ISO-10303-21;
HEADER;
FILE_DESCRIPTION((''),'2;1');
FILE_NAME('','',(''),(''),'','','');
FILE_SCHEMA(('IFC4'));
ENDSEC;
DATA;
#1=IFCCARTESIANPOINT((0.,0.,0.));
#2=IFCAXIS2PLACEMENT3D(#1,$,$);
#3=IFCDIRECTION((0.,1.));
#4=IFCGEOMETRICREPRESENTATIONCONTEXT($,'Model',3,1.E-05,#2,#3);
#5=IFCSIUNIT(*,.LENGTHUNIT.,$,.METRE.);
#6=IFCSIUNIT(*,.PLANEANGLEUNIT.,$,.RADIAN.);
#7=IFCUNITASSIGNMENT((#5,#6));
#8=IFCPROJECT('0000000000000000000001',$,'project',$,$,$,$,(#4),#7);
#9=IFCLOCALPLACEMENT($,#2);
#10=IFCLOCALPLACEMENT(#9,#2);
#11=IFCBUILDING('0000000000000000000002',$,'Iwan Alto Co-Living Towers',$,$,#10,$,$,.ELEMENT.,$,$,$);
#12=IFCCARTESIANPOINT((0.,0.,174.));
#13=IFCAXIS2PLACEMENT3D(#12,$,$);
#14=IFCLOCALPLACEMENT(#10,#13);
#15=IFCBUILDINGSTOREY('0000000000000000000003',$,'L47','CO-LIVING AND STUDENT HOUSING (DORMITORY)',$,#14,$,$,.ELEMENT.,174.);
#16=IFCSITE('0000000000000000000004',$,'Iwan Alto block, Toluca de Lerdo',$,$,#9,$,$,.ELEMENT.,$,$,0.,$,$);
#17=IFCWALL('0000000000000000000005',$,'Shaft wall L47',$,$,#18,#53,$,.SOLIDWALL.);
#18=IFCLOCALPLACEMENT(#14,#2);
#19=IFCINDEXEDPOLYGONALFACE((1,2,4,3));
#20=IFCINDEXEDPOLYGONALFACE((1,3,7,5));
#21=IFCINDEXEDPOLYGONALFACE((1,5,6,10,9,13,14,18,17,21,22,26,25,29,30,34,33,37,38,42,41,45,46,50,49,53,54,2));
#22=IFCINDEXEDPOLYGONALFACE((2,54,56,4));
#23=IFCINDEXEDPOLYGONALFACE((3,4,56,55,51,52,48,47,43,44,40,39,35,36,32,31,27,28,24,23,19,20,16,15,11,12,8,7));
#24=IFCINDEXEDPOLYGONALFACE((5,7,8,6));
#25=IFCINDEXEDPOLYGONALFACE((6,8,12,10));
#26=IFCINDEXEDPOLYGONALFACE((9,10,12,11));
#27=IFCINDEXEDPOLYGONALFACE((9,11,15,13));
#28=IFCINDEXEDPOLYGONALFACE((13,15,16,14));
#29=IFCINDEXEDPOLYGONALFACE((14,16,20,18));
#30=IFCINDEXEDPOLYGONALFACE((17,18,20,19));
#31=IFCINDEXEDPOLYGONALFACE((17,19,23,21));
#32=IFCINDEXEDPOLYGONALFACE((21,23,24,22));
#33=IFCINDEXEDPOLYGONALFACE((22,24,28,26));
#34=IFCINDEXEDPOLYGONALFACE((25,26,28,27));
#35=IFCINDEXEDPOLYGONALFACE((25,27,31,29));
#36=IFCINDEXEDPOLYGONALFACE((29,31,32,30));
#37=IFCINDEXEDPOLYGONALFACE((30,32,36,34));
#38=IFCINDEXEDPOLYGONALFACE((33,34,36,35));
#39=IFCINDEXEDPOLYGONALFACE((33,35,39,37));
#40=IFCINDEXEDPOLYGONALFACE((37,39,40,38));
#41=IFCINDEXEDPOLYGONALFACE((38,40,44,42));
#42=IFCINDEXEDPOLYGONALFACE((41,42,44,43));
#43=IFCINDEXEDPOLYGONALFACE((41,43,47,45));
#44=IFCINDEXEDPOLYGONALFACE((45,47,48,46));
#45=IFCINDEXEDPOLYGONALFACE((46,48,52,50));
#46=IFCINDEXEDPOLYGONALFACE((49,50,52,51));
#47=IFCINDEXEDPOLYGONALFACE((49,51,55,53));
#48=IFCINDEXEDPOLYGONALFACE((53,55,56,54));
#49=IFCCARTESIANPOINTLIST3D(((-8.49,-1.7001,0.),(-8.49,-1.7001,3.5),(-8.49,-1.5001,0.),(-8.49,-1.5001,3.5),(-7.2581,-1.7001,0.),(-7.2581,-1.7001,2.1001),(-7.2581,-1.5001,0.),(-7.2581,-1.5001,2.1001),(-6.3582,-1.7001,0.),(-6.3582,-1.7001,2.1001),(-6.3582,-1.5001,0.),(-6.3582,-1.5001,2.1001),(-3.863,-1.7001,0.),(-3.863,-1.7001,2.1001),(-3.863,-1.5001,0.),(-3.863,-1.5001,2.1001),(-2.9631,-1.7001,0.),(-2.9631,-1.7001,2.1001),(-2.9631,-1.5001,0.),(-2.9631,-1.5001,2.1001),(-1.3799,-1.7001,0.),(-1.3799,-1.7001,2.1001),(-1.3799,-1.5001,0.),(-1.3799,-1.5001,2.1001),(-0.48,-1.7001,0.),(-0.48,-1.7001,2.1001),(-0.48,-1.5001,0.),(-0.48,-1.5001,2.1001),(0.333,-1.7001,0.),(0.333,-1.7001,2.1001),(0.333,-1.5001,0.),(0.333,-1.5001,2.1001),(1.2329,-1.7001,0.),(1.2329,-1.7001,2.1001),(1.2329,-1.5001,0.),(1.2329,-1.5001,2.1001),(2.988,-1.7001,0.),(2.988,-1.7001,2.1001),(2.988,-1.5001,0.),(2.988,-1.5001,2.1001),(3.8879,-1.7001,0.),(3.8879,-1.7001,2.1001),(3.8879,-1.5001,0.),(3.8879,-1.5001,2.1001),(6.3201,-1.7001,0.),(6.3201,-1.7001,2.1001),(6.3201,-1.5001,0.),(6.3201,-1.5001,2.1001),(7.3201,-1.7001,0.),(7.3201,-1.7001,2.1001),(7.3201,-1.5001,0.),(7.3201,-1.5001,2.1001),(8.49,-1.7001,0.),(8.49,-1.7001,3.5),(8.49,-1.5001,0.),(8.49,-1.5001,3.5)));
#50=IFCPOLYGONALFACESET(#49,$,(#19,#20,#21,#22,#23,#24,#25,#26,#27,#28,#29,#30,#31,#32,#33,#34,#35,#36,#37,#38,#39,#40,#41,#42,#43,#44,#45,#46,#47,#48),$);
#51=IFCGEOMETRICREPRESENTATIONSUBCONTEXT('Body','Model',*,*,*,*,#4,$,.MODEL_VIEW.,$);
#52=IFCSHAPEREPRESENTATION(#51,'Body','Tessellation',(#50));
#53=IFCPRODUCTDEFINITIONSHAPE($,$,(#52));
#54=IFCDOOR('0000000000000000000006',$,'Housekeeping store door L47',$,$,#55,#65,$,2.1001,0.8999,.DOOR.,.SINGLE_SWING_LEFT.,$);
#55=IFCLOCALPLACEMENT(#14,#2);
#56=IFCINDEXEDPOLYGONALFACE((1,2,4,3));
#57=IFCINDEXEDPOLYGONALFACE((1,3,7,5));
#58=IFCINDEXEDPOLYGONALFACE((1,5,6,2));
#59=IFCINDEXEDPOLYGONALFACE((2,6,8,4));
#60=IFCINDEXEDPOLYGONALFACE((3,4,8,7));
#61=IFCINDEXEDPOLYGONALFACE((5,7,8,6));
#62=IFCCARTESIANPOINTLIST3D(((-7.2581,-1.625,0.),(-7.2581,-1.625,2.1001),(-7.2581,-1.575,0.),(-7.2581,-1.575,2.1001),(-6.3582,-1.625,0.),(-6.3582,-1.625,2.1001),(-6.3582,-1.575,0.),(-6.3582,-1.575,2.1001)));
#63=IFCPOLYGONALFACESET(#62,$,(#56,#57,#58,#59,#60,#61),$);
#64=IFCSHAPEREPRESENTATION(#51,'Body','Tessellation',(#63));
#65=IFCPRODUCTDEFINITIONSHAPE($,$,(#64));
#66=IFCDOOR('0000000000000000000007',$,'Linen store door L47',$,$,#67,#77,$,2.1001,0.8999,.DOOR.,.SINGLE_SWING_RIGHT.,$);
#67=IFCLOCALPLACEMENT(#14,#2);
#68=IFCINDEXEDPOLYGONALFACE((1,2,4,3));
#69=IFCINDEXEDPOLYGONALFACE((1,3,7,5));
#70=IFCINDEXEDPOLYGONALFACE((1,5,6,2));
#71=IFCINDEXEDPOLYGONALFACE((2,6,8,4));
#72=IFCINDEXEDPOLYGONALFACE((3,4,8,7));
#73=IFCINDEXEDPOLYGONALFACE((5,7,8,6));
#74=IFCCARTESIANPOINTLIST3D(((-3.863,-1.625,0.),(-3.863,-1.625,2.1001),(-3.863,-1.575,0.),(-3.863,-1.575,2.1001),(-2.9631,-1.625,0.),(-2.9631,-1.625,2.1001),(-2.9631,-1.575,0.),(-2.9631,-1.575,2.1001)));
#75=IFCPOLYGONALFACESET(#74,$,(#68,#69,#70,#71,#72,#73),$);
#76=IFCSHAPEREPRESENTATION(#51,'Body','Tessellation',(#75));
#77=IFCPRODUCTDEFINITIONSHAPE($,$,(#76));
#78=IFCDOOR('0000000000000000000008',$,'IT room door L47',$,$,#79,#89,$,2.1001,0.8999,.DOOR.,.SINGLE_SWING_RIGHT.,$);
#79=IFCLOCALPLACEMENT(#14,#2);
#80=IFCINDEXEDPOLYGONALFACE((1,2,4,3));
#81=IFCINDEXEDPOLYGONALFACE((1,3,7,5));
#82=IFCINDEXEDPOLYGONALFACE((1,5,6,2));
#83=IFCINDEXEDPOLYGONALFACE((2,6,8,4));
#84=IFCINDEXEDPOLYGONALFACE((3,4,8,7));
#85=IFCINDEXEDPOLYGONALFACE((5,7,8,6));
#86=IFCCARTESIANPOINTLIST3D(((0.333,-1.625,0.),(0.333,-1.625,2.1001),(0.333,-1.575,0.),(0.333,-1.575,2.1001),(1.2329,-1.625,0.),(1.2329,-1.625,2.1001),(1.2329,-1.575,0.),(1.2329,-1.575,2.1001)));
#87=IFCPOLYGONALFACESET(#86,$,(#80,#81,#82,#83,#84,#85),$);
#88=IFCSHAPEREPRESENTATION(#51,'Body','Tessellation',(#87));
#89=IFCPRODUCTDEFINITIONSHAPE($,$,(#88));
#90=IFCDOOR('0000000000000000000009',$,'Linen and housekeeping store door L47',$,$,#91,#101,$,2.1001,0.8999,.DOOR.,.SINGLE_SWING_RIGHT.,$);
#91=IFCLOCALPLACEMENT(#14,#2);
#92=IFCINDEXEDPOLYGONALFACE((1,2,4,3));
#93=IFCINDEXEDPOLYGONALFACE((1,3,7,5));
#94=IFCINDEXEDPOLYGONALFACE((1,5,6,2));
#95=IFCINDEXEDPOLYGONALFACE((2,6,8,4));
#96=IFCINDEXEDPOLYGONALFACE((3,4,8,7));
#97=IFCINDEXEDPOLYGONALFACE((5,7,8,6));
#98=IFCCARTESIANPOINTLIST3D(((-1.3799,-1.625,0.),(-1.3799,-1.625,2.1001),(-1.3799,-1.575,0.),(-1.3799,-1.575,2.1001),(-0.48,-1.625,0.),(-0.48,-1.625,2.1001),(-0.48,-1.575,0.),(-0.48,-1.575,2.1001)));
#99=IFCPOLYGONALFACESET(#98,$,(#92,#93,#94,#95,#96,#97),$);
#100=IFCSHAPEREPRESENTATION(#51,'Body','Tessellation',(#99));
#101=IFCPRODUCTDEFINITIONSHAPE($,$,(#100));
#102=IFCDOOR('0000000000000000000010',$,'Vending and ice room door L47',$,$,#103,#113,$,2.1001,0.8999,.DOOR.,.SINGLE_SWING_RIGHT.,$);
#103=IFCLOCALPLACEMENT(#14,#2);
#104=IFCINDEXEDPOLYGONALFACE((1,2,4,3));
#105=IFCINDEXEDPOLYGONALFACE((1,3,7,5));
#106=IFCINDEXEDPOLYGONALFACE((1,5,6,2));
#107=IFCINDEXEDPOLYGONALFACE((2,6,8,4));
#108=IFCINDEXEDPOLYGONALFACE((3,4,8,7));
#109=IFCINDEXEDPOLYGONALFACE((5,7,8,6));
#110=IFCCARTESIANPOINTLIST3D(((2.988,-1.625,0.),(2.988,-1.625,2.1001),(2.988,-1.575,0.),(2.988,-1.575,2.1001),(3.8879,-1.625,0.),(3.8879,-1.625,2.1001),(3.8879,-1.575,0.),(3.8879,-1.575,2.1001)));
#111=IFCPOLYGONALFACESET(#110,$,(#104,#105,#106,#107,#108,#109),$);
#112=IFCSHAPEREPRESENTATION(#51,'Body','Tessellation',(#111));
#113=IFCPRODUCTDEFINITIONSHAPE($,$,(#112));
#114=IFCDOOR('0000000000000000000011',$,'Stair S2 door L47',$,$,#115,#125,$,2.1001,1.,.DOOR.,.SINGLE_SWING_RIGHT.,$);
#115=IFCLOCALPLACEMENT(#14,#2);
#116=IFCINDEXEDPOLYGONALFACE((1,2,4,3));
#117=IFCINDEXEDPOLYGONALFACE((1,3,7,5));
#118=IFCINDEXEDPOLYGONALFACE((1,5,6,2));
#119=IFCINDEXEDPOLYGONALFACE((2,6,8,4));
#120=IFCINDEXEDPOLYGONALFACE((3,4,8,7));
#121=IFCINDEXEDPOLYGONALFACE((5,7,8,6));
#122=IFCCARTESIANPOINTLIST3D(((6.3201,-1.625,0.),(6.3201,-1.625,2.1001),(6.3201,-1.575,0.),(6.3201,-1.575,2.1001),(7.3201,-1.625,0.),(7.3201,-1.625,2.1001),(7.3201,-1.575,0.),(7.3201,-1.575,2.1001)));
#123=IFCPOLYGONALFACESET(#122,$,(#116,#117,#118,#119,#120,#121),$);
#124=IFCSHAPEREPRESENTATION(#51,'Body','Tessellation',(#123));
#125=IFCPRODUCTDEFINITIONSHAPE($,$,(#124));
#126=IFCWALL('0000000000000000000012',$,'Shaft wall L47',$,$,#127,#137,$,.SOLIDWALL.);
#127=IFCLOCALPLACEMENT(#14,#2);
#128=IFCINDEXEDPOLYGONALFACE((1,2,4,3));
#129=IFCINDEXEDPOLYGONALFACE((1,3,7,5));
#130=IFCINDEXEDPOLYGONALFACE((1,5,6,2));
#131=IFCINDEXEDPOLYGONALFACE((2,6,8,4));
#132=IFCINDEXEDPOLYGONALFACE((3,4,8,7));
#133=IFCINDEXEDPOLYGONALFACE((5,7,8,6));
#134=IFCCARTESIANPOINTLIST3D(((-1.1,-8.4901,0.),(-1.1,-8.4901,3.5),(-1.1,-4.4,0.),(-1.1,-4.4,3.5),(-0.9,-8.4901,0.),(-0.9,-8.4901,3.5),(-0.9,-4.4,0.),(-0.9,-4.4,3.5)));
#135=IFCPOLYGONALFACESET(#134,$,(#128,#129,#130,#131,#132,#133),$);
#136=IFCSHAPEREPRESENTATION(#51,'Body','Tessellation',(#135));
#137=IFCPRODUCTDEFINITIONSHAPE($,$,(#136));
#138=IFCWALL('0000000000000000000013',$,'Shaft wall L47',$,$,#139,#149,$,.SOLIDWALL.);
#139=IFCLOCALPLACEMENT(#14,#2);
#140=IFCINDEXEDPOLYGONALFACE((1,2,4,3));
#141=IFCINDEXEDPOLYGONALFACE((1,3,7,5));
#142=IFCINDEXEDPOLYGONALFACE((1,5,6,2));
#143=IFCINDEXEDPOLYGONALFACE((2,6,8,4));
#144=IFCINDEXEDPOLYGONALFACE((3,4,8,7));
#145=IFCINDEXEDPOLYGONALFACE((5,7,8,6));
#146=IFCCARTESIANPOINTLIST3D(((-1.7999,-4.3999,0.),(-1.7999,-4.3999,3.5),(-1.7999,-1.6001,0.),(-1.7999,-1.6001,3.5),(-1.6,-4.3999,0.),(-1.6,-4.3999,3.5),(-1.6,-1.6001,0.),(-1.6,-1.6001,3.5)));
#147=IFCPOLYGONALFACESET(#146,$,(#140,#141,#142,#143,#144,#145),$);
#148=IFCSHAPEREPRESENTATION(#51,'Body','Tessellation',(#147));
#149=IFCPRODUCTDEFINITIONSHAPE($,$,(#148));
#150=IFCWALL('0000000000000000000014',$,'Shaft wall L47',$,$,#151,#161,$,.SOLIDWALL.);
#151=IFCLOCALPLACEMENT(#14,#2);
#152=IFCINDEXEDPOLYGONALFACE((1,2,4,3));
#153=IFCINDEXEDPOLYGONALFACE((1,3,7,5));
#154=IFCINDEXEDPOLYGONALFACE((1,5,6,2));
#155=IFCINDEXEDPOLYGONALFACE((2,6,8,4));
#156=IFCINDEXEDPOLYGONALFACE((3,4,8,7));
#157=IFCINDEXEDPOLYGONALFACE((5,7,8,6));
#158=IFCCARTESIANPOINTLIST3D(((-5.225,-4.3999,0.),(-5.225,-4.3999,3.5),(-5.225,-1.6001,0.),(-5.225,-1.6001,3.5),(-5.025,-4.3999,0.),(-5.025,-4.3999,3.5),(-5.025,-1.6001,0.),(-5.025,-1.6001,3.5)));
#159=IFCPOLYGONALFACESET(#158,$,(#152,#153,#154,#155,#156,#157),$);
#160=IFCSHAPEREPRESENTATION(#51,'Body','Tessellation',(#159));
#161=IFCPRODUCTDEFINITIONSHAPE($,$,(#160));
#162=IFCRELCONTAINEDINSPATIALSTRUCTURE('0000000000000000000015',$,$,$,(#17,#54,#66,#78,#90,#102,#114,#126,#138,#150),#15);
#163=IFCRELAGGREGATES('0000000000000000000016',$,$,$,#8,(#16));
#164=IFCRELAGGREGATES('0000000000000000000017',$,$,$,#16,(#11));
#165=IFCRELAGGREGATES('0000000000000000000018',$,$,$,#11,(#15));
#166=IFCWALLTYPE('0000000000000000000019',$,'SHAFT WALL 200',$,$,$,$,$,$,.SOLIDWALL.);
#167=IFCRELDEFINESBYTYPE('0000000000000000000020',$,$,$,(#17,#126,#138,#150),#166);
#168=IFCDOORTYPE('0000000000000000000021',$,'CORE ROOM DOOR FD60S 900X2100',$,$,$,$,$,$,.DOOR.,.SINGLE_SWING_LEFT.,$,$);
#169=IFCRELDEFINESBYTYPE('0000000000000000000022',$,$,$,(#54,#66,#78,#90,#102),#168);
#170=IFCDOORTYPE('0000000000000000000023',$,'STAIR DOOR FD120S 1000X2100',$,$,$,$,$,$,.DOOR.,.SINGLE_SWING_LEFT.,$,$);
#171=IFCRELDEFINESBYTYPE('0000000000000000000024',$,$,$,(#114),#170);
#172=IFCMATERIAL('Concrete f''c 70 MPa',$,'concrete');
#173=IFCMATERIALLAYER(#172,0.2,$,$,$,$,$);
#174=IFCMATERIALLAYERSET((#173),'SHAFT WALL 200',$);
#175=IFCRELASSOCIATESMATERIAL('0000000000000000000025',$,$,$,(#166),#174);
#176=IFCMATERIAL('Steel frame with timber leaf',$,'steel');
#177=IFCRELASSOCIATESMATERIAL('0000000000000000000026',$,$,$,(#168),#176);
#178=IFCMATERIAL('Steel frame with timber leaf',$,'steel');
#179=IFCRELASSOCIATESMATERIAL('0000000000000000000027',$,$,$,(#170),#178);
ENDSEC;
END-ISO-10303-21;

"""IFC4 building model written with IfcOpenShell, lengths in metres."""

from ifc_helpers import new_model, si_unit, direction, frame, frame_2d, origin, place, context, subcontext, project, spatial, rectangle, extrude, material, layer, layer_set, type_object, element, fill, save


model = new_model("IFC4")

# Units and contexts
model_context = context("Model", 3, precision=1e-05, world=origin(), true_north=direction((0.0, 1.0)))
body_context = subcontext(model_context, "Body", "Model", "MODEL_VIEW")
ifc_project = project(units=[si_unit("LENGTHUNIT", "METRE"), si_unit("PLANEANGLEUNIT", "RADIAN")], contexts=[model_context])

# Site, building, storey
site_placement = place(None, origin())
site = spatial("IfcSite", under=ifc_project, at=site_placement, Name="Iwan Alto block, Toluca de Lerdo", CompositionType="ELEMENT", RefElevation=0.0)
building_placement = place(site_placement, origin())
building = spatial("IfcBuilding", under=site, at=building_placement, Name="Iwan Alto Co-Living Towers", CompositionType="ELEMENT")
storey_placement = place(building_placement, frame((0.0, 0.0, 174.0)))
storey = spatial("IfcBuildingStorey", under=building, at=storey_placement, Name="L47", Description="CO-LIVING AND STUDENT HOUSING (DORMITORY)", CompositionType="ELEMENT", Elevation=174.0)

# Shared definitions
ifc_material_1 = material(Name="Concrete f'c 70 MPa", Category="concrete")
ifc_layer_1 = layer(ifc_material_1, 0.2)
ifc_layer_set_1 = layer_set([ifc_layer_1], Name="SHAFT WALL 200")
wall_type_1 = type_object("IfcWallType", Name="SHAFT WALL 200", PredefinedType="SOLIDWALL", material=ifc_layer_set_1)

# Wall, openings, doors
wall_1_placement = place(storey_placement, frame((-8.49, -1.6001, 0.0), z_axis=(0.0, 0.0, 1.0), x_axis=(1.0, 0.0, 0.0)))
wall_1 = element("IfcWall", 1, at=wall_1_placement, inside=storey, type_object=wall_type_1, Name="Shaft wall L47", PredefinedType="SOLIDWALL", context=body_context, shape_type="SweptSolid", body=[
    extrude(rectangle(XDim=16.98, YDim=0.2, at=frame_2d((8.49, 0.0))), origin(), (0.0, 0.0, 1.0), 3.5),
])
opening_1_placement = place(wall_1_placement, frame((14.8101, 0.0, 0.0)))
opening_1 = element("IfcOpeningElement", 2, at=opening_1_placement, cuts=wall_1, PredefinedType="OPENING", context=body_context, shape_type="SweptSolid", body=[
    extrude(rectangle(XDim=1.0, YDim=2.1001, at=frame_2d((0.5, 1.05))), frame((0.0, 0.1099, 0.0), z_axis=(0.0, -1.0, 0.0), x_axis=(1.0, 0.0, 0.0)), (0.0, 0.0, 1.0), 0.22),
])
opening_2_placement = place(wall_1_placement, frame((1.2319, 0.0, 0.0)))
opening_2 = element("IfcOpeningElement", 3, at=opening_2_placement, cuts=wall_1, PredefinedType="OPENING", context=body_context, shape_type="SweptSolid", body=[
    extrude(rectangle(XDim=0.8999, YDim=2.1001, at=frame_2d((0.45, 1.05))), frame((0.0, 0.1099, 0.0), z_axis=(0.0, -1.0, 0.0), x_axis=(1.0, 0.0, 0.0)), (0.0, 0.0, 1.0), 0.22),
])
opening_3_placement = place(wall_1_placement, frame((4.627, 0.0, 0.0)))
opening_3 = element("IfcOpeningElement", 4, at=opening_3_placement, cuts=wall_1, PredefinedType="OPENING", context=body_context, shape_type="SweptSolid", body=[
    extrude(rectangle(XDim=0.8999, YDim=2.1001, at=frame_2d((0.45, 1.05))), frame((0.0, 0.1099, 0.0), z_axis=(0.0, -1.0, 0.0), x_axis=(1.0, 0.0, 0.0)), (0.0, 0.0, 1.0), 0.22),
])
opening_4_placement = place(wall_1_placement, frame((8.823, 0.0, 0.0)))
opening_4 = element("IfcOpeningElement", 5, at=opening_4_placement, cuts=wall_1, PredefinedType="OPENING", context=body_context, shape_type="SweptSolid", body=[
    extrude(rectangle(XDim=0.8999, YDim=2.1001, at=frame_2d((0.45, 1.05))), frame((0.0, 0.1099, 0.0), z_axis=(0.0, -1.0, 0.0), x_axis=(1.0, 0.0, 0.0)), (0.0, 0.0, 1.0), 0.22),
])
opening_5_placement = place(wall_1_placement, frame((7.1101, 0.0, 0.0)))
opening_5 = element("IfcOpeningElement", 6, at=opening_5_placement, cuts=wall_1, PredefinedType="OPENING", context=body_context, shape_type="SweptSolid", body=[
    extrude(rectangle(XDim=0.8999, YDim=2.1001, at=frame_2d((0.45, 1.05))), frame((0.0, 0.1099, 0.0), z_axis=(0.0, -1.0, 0.0), x_axis=(1.0, 0.0, 0.0)), (0.0, 0.0, 1.0), 0.22),
])
opening_6_placement = place(wall_1_placement, frame((11.478, 0.0, 0.0)))
opening_6 = element("IfcOpeningElement", 7, at=opening_6_placement, cuts=wall_1, PredefinedType="OPENING", context=body_context, shape_type="SweptSolid", body=[
    extrude(rectangle(XDim=0.8999, YDim=2.1001, at=frame_2d((0.45, 1.05))), frame((0.0, 0.1099, 0.0), z_axis=(0.0, -1.0, 0.0), x_axis=(1.0, 0.0, 0.0)), (0.0, 0.0, 1.0), 0.22),
])
ifc_material_2 = material(Name="Steel frame with timber leaf", Category="steel")
door_type_1 = type_object("IfcDoorType", Name="CORE ROOM DOOR FD60S 900X2100", OperationType="SINGLE_SWING_LEFT", PredefinedType="DOOR", material=ifc_material_2)
door_1_placement = place(opening_2_placement, frame((0.8999, 0.0, 0.0), z_axis=(0.0, 0.0, 1.0), x_axis=(-1.0, 0.0, 0.0)))
door_1 = element("IfcDoor", 8, at=door_1_placement, inside=storey, type_object=door_type_1, Name="Housekeeping store door L47", OperationType="SINGLE_SWING_LEFT", OverallHeight=2.1001, OverallWidth=0.8999, PredefinedType="DOOR", context=body_context, shape_type="SweptSolid", body=[
    extrude(rectangle(XDim=0.8999, YDim=2.1001, at=frame_2d((0.45, 1.05))), frame((0.0, 0.0249, 0.0), z_axis=(0.0, -1.0, 0.0), x_axis=(1.0, 0.0, 0.0)), (0.0, 0.0, 1.0), 0.05),
])
fill(opening_2, door_1)
door_2_placement = place(opening_3_placement, frame((0.8999, 0.0, 0.0), z_axis=(0.0, 0.0, 1.0), x_axis=(-1.0, 0.0, 0.0)))
door_2 = element("IfcDoor", 9, at=door_2_placement, inside=storey, type_object=door_type_1, Name="Linen store door L47", OperationType="SINGLE_SWING_RIGHT", OverallHeight=2.1001, OverallWidth=0.8999, PredefinedType="DOOR", context=body_context, shape_type="SweptSolid", body=[
    extrude(rectangle(XDim=0.8999, YDim=2.1001, at=frame_2d((0.45, 1.05))), frame((0.0, 0.0249, 0.0), z_axis=(0.0, -1.0, 0.0), x_axis=(1.0, 0.0, 0.0)), (0.0, 0.0, 1.0), 0.05),
])
fill(opening_3, door_2)
door_3_placement = place(opening_4_placement, frame((0.8999, 0.0, 0.0), z_axis=(0.0, 0.0, 1.0), x_axis=(-1.0, 0.0, 0.0)))
door_3 = element("IfcDoor", 10, at=door_3_placement, inside=storey, type_object=door_type_1, Name="IT room door L47", OperationType="SINGLE_SWING_RIGHT", OverallHeight=2.1001, OverallWidth=0.8999, PredefinedType="DOOR", context=body_context, shape_type="SweptSolid", body=[
    extrude(rectangle(XDim=0.8999, YDim=2.1001, at=frame_2d((0.45, 1.05))), frame((0.0, 0.0249, 0.0), z_axis=(0.0, -1.0, 0.0), x_axis=(1.0, 0.0, 0.0)), (0.0, 0.0, 1.0), 0.05),
])
fill(opening_4, door_3)
door_4_placement = place(opening_5_placement, frame((0.8999, 0.0, 0.0), z_axis=(0.0, 0.0, 1.0), x_axis=(-1.0, 0.0, 0.0)))
door_4 = element("IfcDoor", 11, at=door_4_placement, inside=storey, type_object=door_type_1, Name="Linen and housekeeping store door L47", OperationType="SINGLE_SWING_RIGHT", OverallHeight=2.1001, OverallWidth=0.8999, PredefinedType="DOOR", context=body_context, shape_type="SweptSolid", body=[
    extrude(rectangle(XDim=0.8999, YDim=2.1001, at=frame_2d((0.45, 1.05))), frame((0.0, 0.0249, 0.0), z_axis=(0.0, -1.0, 0.0), x_axis=(1.0, 0.0, 0.0)), (0.0, 0.0, 1.0), 0.05),
])
fill(opening_5, door_4)
door_5_placement = place(opening_6_placement, frame((0.8999, 0.0, 0.0), z_axis=(0.0, 0.0, 1.0), x_axis=(-1.0, 0.0, 0.0)))
door_5 = element("IfcDoor", 12, at=door_5_placement, inside=storey, type_object=door_type_1, Name="Vending and ice room door L47", OperationType="SINGLE_SWING_RIGHT", OverallHeight=2.1001, OverallWidth=0.8999, PredefinedType="DOOR", context=body_context, shape_type="SweptSolid", body=[
    extrude(rectangle(XDim=0.8999, YDim=2.1001, at=frame_2d((0.45, 1.05))), frame((0.0, 0.0249, 0.0), z_axis=(0.0, -1.0, 0.0), x_axis=(1.0, 0.0, 0.0)), (0.0, 0.0, 1.0), 0.05),
])
fill(opening_6, door_5)
ifc_material_3 = material(Name="Steel frame with timber leaf", Category="steel")
door_type_2 = type_object("IfcDoorType", Name="STAIR DOOR FD120S 1000X2100", OperationType="SINGLE_SWING_LEFT", PredefinedType="DOOR", material=ifc_material_3)
door_6_placement = place(opening_1_placement, frame((1.0, 0.0, 0.0), z_axis=(0.0, 0.0, 1.0), x_axis=(-1.0, 0.0, 0.0)))
door_6 = element("IfcDoor", 13, at=door_6_placement, inside=storey, type_object=door_type_2, Name="Stair S2 door L47", OperationType="SINGLE_SWING_RIGHT", OverallHeight=2.1001, OverallWidth=1.0, PredefinedType="DOOR", context=body_context, shape_type="SweptSolid", body=[
    extrude(rectangle(XDim=1.0, YDim=2.1001, at=frame_2d((0.5, 1.05))), frame((0.0, 0.0249, 0.0), z_axis=(0.0, -1.0, 0.0), x_axis=(1.0, 0.0, 0.0)), (0.0, 0.0, 1.0), 0.05),
])
fill(opening_1, door_6)

# Walls
wall_2_placement = place(storey_placement, frame((-1.0, -8.49, 0.0), z_axis=(0.0, 0.0, 1.0), x_axis=(0.0, 1.0, 0.0)))
element("IfcWall", 14, at=wall_2_placement, inside=storey, type_object=wall_type_1, Name="Shaft wall L47", PredefinedType="SOLIDWALL", context=body_context, shape_type="SweptSolid", body=[
    extrude(rectangle(XDim=4.0901, YDim=0.2, at=frame_2d((2.0449, 0.0))), origin(), (0.0, 0.0, 1.0), 3.5),
])
for number, where, z_axis, x_axis, name in (
    (15, (-1.7, -4.3999, 0.0), (0.0, 0.0, 1.0), (0.0, 1.0, 0.0), "Shaft wall L47"),
    (16, (-5.125, -4.3999, 0.0), (0.0, 0.0, 1.0), (0.0, 1.0, 0.0), "Shaft wall L47"),
):
    element("IfcWall", number, at=place(storey_placement, frame(where, z_axis=z_axis, x_axis=x_axis)), inside=storey, type_object=wall_type_1, Name=name, PredefinedType="SOLIDWALL", context=body_context, shape_type="SweptSolid", body=[
        extrude(rectangle(XDim=2.7998, YDim=0.2, at=frame_2d((1.3999, 0.0))), origin(), (0.0, 0.0, 1.0), 3.5),
    ])

save(model, "model.ifc")
